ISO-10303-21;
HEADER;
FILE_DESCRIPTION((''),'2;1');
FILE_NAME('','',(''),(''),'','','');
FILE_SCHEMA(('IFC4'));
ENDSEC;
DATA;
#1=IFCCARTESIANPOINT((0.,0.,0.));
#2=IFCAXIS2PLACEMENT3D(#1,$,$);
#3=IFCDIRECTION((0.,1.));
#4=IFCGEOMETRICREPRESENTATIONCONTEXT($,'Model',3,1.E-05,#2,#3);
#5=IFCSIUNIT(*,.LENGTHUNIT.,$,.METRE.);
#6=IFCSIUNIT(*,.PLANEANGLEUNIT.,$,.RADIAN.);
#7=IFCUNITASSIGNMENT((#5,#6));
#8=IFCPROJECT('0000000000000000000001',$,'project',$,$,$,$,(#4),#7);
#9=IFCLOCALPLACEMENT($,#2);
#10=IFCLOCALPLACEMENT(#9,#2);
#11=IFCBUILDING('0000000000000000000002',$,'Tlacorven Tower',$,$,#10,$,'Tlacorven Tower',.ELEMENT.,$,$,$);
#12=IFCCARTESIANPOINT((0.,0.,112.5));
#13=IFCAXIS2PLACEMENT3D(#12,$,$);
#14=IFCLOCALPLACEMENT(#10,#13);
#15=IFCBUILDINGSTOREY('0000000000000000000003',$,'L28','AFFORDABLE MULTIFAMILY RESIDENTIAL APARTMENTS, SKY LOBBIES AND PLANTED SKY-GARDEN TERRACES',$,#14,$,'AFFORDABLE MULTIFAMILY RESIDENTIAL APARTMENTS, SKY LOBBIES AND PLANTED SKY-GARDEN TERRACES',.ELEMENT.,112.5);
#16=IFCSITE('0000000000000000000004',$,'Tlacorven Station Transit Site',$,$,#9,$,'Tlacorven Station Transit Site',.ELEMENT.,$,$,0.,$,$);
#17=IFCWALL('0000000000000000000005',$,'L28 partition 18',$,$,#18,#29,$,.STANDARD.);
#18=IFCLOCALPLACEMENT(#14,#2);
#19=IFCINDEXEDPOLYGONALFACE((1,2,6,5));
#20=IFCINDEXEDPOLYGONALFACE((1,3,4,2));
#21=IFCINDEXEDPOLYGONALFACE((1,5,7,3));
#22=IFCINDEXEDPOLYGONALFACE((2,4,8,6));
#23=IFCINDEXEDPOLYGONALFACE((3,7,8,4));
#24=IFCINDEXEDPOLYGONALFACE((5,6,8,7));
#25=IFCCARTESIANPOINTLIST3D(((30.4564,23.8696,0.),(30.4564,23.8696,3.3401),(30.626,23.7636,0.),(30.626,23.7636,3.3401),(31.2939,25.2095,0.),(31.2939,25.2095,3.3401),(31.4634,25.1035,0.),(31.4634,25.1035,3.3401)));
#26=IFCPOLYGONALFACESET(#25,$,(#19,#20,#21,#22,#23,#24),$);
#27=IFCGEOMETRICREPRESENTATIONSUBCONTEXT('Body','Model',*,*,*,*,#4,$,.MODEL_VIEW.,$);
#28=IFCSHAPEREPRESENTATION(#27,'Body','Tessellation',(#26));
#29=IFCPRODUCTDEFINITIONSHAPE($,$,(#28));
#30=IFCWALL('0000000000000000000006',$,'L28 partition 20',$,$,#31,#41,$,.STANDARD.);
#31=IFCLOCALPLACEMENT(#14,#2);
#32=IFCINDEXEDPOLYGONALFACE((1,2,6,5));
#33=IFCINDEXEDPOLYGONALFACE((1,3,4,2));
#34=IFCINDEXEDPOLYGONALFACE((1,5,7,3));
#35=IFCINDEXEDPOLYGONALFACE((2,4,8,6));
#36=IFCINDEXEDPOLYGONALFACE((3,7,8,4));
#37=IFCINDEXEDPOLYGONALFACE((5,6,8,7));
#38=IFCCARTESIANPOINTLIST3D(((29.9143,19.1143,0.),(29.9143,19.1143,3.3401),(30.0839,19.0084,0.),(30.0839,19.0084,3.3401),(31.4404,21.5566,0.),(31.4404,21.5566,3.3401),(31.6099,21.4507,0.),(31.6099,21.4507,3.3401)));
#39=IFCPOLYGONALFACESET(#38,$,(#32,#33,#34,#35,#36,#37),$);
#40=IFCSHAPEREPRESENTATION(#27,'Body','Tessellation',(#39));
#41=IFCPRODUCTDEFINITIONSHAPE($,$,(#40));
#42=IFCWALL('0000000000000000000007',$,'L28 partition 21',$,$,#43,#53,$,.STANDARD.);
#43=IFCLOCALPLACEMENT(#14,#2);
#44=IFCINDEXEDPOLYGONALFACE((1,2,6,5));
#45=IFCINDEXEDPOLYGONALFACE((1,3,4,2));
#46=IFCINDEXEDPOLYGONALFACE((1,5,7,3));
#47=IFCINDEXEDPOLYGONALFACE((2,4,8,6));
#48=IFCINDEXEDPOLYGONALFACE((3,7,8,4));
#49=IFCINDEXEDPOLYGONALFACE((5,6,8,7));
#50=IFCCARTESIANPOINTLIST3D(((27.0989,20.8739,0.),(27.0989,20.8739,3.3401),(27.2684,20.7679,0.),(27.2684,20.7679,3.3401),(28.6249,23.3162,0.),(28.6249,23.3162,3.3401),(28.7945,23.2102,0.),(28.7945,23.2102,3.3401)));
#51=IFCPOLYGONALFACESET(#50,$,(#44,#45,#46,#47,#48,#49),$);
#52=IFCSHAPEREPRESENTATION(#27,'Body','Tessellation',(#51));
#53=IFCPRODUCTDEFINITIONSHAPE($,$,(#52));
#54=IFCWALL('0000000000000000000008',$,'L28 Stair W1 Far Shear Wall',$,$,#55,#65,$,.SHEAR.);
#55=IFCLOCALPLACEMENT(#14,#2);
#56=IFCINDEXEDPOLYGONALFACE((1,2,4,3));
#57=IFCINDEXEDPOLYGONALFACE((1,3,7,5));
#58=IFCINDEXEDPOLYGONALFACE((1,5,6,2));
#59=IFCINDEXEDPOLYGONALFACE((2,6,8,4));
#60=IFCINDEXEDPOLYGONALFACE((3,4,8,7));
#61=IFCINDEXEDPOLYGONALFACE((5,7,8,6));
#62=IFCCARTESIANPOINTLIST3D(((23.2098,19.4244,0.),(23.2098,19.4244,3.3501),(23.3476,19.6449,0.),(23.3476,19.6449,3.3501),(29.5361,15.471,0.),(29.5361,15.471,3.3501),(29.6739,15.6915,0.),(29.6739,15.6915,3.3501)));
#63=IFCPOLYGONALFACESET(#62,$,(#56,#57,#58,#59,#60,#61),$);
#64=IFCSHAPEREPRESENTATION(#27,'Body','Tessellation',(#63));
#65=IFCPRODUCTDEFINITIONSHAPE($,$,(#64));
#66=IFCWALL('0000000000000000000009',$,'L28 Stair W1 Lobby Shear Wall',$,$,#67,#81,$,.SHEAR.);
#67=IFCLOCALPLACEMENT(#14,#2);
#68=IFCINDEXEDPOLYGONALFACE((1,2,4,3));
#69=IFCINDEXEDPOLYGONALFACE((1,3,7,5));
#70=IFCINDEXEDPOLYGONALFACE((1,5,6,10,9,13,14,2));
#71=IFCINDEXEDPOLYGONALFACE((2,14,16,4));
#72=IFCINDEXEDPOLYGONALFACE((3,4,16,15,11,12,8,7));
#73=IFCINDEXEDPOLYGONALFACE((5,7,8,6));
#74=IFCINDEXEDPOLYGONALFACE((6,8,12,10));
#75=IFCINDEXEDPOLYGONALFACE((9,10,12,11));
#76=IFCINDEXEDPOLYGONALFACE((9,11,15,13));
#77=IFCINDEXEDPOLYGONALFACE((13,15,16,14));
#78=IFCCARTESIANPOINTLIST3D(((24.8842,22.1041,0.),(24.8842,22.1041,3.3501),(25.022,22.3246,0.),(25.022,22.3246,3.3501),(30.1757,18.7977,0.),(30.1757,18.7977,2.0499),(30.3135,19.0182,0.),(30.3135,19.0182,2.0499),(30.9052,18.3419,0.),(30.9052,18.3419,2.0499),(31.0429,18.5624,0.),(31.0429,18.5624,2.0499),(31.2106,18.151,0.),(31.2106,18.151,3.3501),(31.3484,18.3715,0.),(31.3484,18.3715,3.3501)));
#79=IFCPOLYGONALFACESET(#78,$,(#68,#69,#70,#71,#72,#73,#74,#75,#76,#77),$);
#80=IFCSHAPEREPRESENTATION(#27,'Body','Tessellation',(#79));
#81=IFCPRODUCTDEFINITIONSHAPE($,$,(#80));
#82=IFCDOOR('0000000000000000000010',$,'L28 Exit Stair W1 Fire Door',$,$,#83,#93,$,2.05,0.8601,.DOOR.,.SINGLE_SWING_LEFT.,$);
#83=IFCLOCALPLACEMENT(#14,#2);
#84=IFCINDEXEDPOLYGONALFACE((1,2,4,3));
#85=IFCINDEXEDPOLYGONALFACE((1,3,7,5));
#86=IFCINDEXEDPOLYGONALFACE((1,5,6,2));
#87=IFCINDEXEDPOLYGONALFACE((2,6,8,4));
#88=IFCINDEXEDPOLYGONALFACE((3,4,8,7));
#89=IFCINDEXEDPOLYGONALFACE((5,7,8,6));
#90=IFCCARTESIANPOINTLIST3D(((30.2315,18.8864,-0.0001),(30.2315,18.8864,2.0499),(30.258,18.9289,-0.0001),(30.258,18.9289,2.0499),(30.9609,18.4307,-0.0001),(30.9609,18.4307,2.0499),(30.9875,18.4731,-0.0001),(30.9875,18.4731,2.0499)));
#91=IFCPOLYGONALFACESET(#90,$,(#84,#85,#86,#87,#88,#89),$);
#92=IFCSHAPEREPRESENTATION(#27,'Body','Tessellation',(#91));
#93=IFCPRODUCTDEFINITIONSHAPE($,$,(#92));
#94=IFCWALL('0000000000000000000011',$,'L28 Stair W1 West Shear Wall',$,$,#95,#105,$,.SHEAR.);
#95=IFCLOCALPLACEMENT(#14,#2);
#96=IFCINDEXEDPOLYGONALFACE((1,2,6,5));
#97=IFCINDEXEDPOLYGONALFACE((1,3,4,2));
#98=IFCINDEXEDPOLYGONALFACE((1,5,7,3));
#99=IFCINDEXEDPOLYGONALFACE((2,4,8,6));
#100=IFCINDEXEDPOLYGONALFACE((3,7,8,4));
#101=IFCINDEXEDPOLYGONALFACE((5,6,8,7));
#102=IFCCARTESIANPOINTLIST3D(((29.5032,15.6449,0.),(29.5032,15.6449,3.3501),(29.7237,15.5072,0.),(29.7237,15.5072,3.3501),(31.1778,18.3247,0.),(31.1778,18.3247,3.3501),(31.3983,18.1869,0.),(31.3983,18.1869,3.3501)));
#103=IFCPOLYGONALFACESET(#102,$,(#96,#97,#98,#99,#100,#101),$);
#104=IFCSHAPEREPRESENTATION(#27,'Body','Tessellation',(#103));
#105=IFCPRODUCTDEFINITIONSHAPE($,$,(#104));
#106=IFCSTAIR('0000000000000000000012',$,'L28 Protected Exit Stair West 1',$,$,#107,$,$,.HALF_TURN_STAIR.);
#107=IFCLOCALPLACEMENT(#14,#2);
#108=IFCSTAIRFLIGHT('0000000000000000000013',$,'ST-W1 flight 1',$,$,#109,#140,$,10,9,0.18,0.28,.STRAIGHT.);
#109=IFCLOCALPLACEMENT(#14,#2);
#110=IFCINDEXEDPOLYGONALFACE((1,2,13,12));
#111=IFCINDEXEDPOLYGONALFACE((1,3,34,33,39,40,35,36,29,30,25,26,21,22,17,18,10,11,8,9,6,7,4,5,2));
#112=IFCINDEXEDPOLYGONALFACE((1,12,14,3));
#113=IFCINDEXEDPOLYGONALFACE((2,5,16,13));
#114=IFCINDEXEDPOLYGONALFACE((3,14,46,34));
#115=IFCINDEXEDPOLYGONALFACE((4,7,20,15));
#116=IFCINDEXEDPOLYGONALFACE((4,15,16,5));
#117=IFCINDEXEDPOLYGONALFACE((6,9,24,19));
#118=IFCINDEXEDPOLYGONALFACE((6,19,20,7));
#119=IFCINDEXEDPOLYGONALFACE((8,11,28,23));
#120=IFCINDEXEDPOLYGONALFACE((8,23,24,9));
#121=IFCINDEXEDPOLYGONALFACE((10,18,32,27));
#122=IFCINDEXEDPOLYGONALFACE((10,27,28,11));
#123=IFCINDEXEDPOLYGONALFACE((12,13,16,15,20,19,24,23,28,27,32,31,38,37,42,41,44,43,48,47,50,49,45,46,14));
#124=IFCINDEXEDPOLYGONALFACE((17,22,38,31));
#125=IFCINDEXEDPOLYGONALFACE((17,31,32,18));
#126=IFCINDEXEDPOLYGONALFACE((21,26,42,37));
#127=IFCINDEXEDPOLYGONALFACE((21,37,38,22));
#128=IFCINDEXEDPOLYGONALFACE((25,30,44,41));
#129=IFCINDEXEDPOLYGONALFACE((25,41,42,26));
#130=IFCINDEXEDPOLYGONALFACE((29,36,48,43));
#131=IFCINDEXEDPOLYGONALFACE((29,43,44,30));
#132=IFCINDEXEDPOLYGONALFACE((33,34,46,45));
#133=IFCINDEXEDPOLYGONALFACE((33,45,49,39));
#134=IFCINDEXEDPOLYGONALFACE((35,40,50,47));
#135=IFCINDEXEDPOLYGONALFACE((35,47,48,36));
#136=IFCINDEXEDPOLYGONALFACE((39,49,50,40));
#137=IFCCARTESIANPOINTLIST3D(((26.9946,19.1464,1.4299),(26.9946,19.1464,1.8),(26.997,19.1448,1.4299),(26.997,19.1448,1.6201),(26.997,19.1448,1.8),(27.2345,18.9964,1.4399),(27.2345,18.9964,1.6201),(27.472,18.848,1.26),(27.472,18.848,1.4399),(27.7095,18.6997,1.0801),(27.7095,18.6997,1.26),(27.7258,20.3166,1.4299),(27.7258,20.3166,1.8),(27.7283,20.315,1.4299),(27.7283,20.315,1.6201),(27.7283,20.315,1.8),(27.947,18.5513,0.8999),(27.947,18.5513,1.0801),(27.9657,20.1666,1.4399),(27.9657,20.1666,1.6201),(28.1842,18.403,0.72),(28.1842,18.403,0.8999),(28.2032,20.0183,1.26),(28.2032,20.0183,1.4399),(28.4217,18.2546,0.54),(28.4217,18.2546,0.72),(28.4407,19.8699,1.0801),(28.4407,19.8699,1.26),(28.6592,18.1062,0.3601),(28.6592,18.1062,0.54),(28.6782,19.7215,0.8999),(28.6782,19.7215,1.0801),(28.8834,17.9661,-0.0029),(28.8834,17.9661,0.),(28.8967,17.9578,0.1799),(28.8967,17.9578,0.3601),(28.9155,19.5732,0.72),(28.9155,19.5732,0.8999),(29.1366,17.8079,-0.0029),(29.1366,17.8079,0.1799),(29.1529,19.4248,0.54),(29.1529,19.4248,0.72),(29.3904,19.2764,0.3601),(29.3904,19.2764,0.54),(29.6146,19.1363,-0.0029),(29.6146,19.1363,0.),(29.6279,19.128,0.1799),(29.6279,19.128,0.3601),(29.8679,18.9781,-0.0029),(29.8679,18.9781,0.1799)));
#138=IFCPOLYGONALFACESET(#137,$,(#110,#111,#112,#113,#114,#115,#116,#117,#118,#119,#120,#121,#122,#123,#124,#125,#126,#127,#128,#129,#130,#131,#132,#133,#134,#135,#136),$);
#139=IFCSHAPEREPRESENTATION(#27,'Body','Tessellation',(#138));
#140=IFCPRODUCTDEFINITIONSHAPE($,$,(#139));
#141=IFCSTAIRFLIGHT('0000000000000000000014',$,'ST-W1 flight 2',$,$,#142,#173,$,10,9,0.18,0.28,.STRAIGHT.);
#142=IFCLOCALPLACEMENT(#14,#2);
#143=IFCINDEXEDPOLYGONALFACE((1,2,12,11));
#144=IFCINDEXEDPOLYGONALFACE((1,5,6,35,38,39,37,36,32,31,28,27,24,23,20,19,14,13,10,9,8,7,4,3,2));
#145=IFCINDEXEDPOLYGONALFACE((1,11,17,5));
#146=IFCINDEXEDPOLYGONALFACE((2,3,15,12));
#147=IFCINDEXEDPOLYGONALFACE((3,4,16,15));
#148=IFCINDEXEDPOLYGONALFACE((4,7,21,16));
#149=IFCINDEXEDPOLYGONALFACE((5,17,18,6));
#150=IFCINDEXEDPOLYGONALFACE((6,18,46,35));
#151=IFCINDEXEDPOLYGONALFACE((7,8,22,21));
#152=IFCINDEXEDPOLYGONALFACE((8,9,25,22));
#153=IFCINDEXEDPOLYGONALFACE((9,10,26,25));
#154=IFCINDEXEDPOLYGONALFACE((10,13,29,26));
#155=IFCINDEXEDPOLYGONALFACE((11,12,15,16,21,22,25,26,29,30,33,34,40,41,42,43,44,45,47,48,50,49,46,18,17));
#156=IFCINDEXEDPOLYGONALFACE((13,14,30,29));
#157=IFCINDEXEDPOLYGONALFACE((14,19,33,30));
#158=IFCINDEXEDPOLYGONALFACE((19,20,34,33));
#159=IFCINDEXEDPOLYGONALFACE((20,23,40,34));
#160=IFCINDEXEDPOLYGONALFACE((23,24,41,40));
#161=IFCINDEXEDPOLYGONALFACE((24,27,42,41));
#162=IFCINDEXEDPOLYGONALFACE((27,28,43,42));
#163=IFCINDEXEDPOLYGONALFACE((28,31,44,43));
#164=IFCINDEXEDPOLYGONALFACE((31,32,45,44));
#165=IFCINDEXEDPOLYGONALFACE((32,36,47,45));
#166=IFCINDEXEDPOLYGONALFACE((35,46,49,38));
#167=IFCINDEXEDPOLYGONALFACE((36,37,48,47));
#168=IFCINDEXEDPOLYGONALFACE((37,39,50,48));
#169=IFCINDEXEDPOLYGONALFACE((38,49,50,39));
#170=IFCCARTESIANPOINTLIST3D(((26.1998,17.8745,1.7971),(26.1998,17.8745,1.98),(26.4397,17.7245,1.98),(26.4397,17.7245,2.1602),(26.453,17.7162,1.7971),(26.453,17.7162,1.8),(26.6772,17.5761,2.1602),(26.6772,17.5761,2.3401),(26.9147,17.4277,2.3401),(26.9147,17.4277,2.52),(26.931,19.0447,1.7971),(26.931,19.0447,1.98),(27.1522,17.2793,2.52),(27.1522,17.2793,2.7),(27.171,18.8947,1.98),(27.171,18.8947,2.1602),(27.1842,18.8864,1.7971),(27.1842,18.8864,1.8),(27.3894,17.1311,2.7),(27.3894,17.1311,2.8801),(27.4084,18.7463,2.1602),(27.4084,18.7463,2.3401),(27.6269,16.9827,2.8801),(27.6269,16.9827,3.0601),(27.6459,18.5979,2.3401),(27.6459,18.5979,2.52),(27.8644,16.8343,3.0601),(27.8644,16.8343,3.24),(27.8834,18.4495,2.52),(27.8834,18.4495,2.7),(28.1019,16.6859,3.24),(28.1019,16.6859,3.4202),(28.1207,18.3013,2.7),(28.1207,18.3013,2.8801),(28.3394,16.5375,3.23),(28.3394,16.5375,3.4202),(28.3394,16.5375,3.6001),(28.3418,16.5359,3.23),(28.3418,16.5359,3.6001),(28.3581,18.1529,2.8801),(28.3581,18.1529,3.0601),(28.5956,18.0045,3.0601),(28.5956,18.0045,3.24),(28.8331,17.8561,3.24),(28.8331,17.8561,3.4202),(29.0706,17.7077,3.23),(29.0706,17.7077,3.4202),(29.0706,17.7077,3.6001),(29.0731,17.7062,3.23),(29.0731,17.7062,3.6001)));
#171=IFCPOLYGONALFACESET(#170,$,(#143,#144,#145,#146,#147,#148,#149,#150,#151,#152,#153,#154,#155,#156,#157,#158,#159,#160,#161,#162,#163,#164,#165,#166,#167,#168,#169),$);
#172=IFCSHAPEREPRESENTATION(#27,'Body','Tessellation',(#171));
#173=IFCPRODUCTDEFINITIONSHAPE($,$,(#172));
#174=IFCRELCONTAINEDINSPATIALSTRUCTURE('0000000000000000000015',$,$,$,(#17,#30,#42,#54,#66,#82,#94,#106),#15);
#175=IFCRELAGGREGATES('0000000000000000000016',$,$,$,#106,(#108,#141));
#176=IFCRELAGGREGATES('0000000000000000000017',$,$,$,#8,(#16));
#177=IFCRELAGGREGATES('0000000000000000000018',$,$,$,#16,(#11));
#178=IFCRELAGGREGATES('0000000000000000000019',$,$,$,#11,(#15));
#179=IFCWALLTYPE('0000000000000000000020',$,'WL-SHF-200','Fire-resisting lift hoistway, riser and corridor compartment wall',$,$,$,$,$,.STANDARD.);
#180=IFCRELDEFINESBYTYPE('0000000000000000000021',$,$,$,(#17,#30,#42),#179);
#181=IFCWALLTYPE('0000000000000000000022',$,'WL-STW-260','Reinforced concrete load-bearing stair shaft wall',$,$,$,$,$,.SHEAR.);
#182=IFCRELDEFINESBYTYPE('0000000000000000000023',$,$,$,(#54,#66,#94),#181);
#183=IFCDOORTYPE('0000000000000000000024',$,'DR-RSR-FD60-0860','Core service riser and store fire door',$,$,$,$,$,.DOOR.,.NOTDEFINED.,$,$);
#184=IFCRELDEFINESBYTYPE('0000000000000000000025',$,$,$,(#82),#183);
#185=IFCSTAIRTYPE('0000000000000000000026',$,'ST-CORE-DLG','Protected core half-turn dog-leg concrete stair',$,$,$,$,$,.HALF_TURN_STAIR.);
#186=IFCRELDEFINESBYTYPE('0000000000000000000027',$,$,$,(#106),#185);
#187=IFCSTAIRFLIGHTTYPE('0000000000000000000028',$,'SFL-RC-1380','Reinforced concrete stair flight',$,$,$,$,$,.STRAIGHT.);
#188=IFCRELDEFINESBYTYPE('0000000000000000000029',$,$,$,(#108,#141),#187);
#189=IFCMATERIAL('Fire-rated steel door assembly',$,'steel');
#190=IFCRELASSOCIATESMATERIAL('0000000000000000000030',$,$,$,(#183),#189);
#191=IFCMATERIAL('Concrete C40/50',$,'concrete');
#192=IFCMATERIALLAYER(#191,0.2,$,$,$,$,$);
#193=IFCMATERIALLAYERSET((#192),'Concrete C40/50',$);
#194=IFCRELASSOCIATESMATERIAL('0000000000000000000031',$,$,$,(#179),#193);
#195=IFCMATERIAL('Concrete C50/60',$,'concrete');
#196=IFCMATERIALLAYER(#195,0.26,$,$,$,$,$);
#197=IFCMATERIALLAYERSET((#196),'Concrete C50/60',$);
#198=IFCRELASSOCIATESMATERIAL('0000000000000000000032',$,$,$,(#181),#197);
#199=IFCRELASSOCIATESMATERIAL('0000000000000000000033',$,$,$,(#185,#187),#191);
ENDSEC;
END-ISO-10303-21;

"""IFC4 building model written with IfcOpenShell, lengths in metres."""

from ifc_helpers import new_model, si_unit, direction, frame, frame_2d, origin, place, context, subcontext, project, spatial, polyline, rectangle, outline, extrude, source, transform, mapped, material, layer, layer_set, type_object, element, fill, aggregate, save


model = new_model("IFC4")

# Units and contexts
model_context = context("Model", 3, precision=1e-05, world=origin(), true_north=direction((0.0, 1.0)))
body_context = subcontext(model_context, "Body", "Model", "MODEL_VIEW")
ifc_project = project(units=[si_unit("LENGTHUNIT", "METRE"), si_unit("PLANEANGLEUNIT", "RADIAN")], contexts=[model_context])

# Site, building, storey
site_placement = place(None, origin())
site = spatial("IfcSite", under=ifc_project, at=site_placement, Name="Tlacorven Station Transit Site", LongName="Tlacorven Station Transit Site", CompositionType="ELEMENT", RefElevation=0.0)
building_placement = place(site_placement, origin())
building = spatial("IfcBuilding", under=site, at=building_placement, Name="Tlacorven Tower", LongName="Tlacorven Tower", CompositionType="ELEMENT")
storey_placement = place(building_placement, frame((0.0, 0.0, 112.5)))
storey = spatial("IfcBuildingStorey", under=building, at=storey_placement, Name="L28", Description="AFFORDABLE MULTIFAMILY RESIDENTIAL APARTMENTS, SKY LOBBIES AND PLANTED SKY-GARDEN TERRACES", LongName="AFFORDABLE MULTIFAMILY RESIDENTIAL APARTMENTS, SKY LOBBIES AND PLANTED SKY-GARDEN TERRACES", CompositionType="ELEMENT", Elevation=112.5)

# Shared definitions
ifc_material_1 = material(Name="Fire-rated steel door assembly", Category="steel")
door_type_1 = type_object("IfcDoorType", Name="DR-RSR-FD60-0860", Description="Core service riser and store fire door", OperationType="NOTDEFINED", PredefinedType="DOOR", material=ifc_material_1)
shared_shape_1 = source(origin(), body_context, "Body", "SweptSolid", [
    extrude(rectangle(XDim=0.8601, YDim=2.05, at=frame_2d((0.4302, 1.0249))), frame((0.0, 0.0249, 0.0), z_axis=(0.0, -1.0, 0.0), x_axis=(1.0, 0.0, 0.0)), (0.0, 0.0, 1.0), 0.05),
])

# Walls
ifc_material_2 = material(Name="Concrete C40/50", Category="concrete")
ifc_layer_1 = layer(ifc_material_2, 0.2)
ifc_layer_set_1 = layer_set([ifc_layer_1], Name="Concrete C40/50")
wall_type_1 = type_object("IfcWallType", Name="WL-SHF-200", Description="Fire-resisting lift hoistway, riser and corridor compartment wall", PredefinedType="STANDARD", material=ifc_layer_set_1)
wall_1_placement = place(storey_placement, frame((31.3787, 25.1565, 0.0), z_axis=(0.0, 0.0, 1.0), x_axis=(-0.529999, -0.847998, 0.0)))
element("IfcWall", 1, at=wall_1_placement, inside=storey, type_object=wall_type_1, Name="L28 partition 18", PredefinedType="STANDARD", context=body_context, shape_type="SweptSolid", body=[
    extrude(rectangle(XDim=1.5801, YDim=0.2, at=frame_2d((0.79, 0.0))), origin(), (0.0, 0.0, 1.0), 3.3401),
])
for number, where, z_axis, x_axis, name in (
    (2, (31.5251, 21.5037, 0.0), (0.0, 0.0, 1.0), (-0.529907, -0.848055, 0.0), "L28 partition 20"),
    (3, (28.7097, 23.2632, 0.0), (0.0, 0.0, 1.0), (-0.529907, -0.848055, 0.0), "L28 partition 21"),
):
    element("IfcWall", number, at=place(storey_placement, frame(where, z_axis=z_axis, x_axis=x_axis)), inside=storey, type_object=wall_type_1, Name=name, PredefinedType="STANDARD", context=body_context, shape_type="SweptSolid", body=[
        extrude(rectangle(XDim=2.8799, YDim=0.2, at=frame_2d((1.4399, 0.0))), origin(), (0.0, 0.0, 1.0), 3.3401),
    ])
ifc_material_3 = material(Name="Concrete C50/60", Category="concrete")
ifc_layer_2 = layer(ifc_material_3, 0.26)
ifc_layer_set_2 = layer_set([ifc_layer_2], Name="Concrete C50/60")
wall_type_2 = type_object("IfcWallType", Name="WL-STW-260", Description="Reinforced concrete load-bearing stair shaft wall", PredefinedType="SHEAR", material=ifc_layer_set_2)
wall_2_placement = place(storey_placement, frame((29.605, 15.5813, 0.0), z_axis=(0.0, 0.0, 1.0), x_axis=(-0.848037, 0.529937, 0.0)))
element("IfcWall", 4, at=wall_2_placement, inside=storey, type_object=wall_type_2, Name="L28 Stair W1 Far Shear Wall", PredefinedType="SHEAR", context=body_context, shape_type="SweptSolid", body=[
    extrude(rectangle(XDim=7.46, YDim=0.26, at=frame_2d((3.73, 0.0))), origin(), (0.0, 0.0, 1.0), 3.3501),
])

# Wall, opening, door
wall_3_placement = place(storey_placement, frame((31.2795, 18.2612, 0.0), z_axis=(0.0, 0.0, 1.0), x_axis=(-0.848052, 0.529914, 0.0)))
wall_3 = element("IfcWall", 5, at=wall_3_placement, inside=storey, type_object=wall_type_2, Name="L28 Stair W1 Lobby Shear Wall", PredefinedType="SHEAR", context=body_context, shape_type="SweptSolid", body=[
    extrude(rectangle(XDim=7.46, YDim=0.26, at=frame_2d((3.73, 0.0))), origin(), (0.0, 0.0, 1.0), 3.3501),
])
opening_1_placement = place(wall_3_placement, frame((0.3601, 0.0, 0.0)))
opening_1 = element("IfcOpeningElement", 6, at=opening_1_placement, cuts=wall_3, PredefinedType="OPENING", context=body_context, shape_type="SweptSolid", body=[
    extrude(rectangle(XDim=0.8601, YDim=2.05, at=frame_2d((0.4302, 1.0249))), frame((0.0, 0.1401, 0.0), z_axis=(0.0, -1.0, 0.0), x_axis=(1.0, 0.0, 0.0)), (0.0, 0.0, 1.0), 0.28),
])
door_1_placement = place(opening_1_placement, frame((0.8601, 0.0, 0.0), z_axis=(0.0, 0.0, 1.0), x_axis=(-1.0, 0.0, 0.0)))
door_1 = element("IfcDoor", 7, at=door_1_placement, inside=storey, type_object=door_type_1, Name="L28 Exit Stair W1 Fire Door", OperationType="SINGLE_SWING_LEFT", OverallHeight=2.05, OverallWidth=0.8601, PredefinedType="DOOR", context=body_context, shape_type="MappedRepresentation", body=[
    mapped(shared_shape_1, transform((0.0, 0.0, 0.0), scale=1.0)),
])
fill(opening_1, door_1)

# Wall
wall_4_placement = place(storey_placement, frame((31.2881, 18.2559, 0.0), z_axis=(0.0, 0.0, 1.0), x_axis=(-0.529943, -0.848033, 0.0)))
element("IfcWall", 8, at=wall_4_placement, inside=storey, type_object=wall_type_2, Name="L28 Stair W1 West Shear Wall", PredefinedType="SHEAR", context=body_context, shape_type="SweptSolid", body=[
    extrude(rectangle(XDim=3.1599, YDim=0.26, at=frame_2d((1.5801, 0.0))), origin(), (0.0, 0.0, 1.0), 3.3501),
])

# Stair, stair flights
stair_type = type_object("IfcStairType", Name="ST-CORE-DLG", Description="Protected core half-turn dog-leg concrete stair", PredefinedType="HALF_TURN_STAIR", material=ifc_material_2)
stair_placement = place(storey_placement, origin())
stair = element("IfcStair", 9, at=stair_placement, inside=storey, type_object=stair_type, Name="L28 Protected Exit Stair West 1", PredefinedType="HALF_TURN_STAIR")
stair_flight_type = type_object("IfcStairFlightType", Name="SFL-RC-1380", Description="Reinforced concrete stair flight", PredefinedType="STRAIGHT", material=ifc_material_2)
shared_shape_2 = source(origin(), body_context, "Body", "SweptSolid", [
    extrude(outline(polyline([(-0.0029, -0.0029), (-0.0029, 0.1799), (0.28, 0.1799), (0.28, 0.3601), (0.5601, 0.3601), (0.5601, 0.54), (0.8401, 0.54), (0.8401, 0.72), (1.1201, 0.72), (1.1201, 0.8999), (1.3999, 0.8999), (1.3999, 1.0801), (1.6799, 1.0801), (1.6799, 1.26), (1.96, 1.26), (1.96, 1.4399), (2.24, 1.4399), (2.24, 1.6201), (2.52, 1.6201), (2.52, 1.8), (2.5229, 1.8), (2.5229, 1.4299), (2.52, 1.4299), (0.2957, 0.0), (0.2957, -0.0029), (-0.0029, -0.0029)])), frame((0.0, 0.6899, 0.0), z_axis=(0.0, -1.0, 0.0), x_axis=(1.0, 0.0, 0.0)), (0.0, 0.0, 1.0), 1.3799),
])
stair_flight_1_placement = place(storey_placement, frame((29.4998, 18.3945, 0.0), z_axis=(0.0, 0.0, 1.0), x_axis=(-0.848048, 0.529919, 0.0)))
stair_flight_1 = element("IfcStairFlight", 10, at=stair_flight_1_placement, type_object=stair_flight_type, Name="ST-W1 flight 1", NumberOfRisers=10, NumberOfTreads=9, PredefinedType="STRAIGHT", RiserHeight=0.18, TreadLength=0.28, context=body_context, shape_type="MappedRepresentation", body=[
    mapped(shared_shape_2, transform((0.0, 0.0, 0.0), scale=1.0)),
])
stair_flight_2_placement = place(storey_placement, frame((26.5679, 18.458, 1.8), z_axis=(0.0, 0.0, 1.0), x_axis=(0.848048, -0.529919, 0.0)))
stair_flight_2 = element("IfcStairFlight", 11, at=stair_flight_2_placement, type_object=stair_flight_type, Name="ST-W1 flight 2", NumberOfRisers=10, NumberOfTreads=9, PredefinedType="STRAIGHT", RiserHeight=0.18, TreadLength=0.28, context=body_context, shape_type="MappedRepresentation", body=[
    mapped(shared_shape_2, transform((0.0, 0.0, 0.0), scale=1.0)),
])
aggregate(stair, [stair_flight_1, stair_flight_2])

save(model, "model.ifc")
